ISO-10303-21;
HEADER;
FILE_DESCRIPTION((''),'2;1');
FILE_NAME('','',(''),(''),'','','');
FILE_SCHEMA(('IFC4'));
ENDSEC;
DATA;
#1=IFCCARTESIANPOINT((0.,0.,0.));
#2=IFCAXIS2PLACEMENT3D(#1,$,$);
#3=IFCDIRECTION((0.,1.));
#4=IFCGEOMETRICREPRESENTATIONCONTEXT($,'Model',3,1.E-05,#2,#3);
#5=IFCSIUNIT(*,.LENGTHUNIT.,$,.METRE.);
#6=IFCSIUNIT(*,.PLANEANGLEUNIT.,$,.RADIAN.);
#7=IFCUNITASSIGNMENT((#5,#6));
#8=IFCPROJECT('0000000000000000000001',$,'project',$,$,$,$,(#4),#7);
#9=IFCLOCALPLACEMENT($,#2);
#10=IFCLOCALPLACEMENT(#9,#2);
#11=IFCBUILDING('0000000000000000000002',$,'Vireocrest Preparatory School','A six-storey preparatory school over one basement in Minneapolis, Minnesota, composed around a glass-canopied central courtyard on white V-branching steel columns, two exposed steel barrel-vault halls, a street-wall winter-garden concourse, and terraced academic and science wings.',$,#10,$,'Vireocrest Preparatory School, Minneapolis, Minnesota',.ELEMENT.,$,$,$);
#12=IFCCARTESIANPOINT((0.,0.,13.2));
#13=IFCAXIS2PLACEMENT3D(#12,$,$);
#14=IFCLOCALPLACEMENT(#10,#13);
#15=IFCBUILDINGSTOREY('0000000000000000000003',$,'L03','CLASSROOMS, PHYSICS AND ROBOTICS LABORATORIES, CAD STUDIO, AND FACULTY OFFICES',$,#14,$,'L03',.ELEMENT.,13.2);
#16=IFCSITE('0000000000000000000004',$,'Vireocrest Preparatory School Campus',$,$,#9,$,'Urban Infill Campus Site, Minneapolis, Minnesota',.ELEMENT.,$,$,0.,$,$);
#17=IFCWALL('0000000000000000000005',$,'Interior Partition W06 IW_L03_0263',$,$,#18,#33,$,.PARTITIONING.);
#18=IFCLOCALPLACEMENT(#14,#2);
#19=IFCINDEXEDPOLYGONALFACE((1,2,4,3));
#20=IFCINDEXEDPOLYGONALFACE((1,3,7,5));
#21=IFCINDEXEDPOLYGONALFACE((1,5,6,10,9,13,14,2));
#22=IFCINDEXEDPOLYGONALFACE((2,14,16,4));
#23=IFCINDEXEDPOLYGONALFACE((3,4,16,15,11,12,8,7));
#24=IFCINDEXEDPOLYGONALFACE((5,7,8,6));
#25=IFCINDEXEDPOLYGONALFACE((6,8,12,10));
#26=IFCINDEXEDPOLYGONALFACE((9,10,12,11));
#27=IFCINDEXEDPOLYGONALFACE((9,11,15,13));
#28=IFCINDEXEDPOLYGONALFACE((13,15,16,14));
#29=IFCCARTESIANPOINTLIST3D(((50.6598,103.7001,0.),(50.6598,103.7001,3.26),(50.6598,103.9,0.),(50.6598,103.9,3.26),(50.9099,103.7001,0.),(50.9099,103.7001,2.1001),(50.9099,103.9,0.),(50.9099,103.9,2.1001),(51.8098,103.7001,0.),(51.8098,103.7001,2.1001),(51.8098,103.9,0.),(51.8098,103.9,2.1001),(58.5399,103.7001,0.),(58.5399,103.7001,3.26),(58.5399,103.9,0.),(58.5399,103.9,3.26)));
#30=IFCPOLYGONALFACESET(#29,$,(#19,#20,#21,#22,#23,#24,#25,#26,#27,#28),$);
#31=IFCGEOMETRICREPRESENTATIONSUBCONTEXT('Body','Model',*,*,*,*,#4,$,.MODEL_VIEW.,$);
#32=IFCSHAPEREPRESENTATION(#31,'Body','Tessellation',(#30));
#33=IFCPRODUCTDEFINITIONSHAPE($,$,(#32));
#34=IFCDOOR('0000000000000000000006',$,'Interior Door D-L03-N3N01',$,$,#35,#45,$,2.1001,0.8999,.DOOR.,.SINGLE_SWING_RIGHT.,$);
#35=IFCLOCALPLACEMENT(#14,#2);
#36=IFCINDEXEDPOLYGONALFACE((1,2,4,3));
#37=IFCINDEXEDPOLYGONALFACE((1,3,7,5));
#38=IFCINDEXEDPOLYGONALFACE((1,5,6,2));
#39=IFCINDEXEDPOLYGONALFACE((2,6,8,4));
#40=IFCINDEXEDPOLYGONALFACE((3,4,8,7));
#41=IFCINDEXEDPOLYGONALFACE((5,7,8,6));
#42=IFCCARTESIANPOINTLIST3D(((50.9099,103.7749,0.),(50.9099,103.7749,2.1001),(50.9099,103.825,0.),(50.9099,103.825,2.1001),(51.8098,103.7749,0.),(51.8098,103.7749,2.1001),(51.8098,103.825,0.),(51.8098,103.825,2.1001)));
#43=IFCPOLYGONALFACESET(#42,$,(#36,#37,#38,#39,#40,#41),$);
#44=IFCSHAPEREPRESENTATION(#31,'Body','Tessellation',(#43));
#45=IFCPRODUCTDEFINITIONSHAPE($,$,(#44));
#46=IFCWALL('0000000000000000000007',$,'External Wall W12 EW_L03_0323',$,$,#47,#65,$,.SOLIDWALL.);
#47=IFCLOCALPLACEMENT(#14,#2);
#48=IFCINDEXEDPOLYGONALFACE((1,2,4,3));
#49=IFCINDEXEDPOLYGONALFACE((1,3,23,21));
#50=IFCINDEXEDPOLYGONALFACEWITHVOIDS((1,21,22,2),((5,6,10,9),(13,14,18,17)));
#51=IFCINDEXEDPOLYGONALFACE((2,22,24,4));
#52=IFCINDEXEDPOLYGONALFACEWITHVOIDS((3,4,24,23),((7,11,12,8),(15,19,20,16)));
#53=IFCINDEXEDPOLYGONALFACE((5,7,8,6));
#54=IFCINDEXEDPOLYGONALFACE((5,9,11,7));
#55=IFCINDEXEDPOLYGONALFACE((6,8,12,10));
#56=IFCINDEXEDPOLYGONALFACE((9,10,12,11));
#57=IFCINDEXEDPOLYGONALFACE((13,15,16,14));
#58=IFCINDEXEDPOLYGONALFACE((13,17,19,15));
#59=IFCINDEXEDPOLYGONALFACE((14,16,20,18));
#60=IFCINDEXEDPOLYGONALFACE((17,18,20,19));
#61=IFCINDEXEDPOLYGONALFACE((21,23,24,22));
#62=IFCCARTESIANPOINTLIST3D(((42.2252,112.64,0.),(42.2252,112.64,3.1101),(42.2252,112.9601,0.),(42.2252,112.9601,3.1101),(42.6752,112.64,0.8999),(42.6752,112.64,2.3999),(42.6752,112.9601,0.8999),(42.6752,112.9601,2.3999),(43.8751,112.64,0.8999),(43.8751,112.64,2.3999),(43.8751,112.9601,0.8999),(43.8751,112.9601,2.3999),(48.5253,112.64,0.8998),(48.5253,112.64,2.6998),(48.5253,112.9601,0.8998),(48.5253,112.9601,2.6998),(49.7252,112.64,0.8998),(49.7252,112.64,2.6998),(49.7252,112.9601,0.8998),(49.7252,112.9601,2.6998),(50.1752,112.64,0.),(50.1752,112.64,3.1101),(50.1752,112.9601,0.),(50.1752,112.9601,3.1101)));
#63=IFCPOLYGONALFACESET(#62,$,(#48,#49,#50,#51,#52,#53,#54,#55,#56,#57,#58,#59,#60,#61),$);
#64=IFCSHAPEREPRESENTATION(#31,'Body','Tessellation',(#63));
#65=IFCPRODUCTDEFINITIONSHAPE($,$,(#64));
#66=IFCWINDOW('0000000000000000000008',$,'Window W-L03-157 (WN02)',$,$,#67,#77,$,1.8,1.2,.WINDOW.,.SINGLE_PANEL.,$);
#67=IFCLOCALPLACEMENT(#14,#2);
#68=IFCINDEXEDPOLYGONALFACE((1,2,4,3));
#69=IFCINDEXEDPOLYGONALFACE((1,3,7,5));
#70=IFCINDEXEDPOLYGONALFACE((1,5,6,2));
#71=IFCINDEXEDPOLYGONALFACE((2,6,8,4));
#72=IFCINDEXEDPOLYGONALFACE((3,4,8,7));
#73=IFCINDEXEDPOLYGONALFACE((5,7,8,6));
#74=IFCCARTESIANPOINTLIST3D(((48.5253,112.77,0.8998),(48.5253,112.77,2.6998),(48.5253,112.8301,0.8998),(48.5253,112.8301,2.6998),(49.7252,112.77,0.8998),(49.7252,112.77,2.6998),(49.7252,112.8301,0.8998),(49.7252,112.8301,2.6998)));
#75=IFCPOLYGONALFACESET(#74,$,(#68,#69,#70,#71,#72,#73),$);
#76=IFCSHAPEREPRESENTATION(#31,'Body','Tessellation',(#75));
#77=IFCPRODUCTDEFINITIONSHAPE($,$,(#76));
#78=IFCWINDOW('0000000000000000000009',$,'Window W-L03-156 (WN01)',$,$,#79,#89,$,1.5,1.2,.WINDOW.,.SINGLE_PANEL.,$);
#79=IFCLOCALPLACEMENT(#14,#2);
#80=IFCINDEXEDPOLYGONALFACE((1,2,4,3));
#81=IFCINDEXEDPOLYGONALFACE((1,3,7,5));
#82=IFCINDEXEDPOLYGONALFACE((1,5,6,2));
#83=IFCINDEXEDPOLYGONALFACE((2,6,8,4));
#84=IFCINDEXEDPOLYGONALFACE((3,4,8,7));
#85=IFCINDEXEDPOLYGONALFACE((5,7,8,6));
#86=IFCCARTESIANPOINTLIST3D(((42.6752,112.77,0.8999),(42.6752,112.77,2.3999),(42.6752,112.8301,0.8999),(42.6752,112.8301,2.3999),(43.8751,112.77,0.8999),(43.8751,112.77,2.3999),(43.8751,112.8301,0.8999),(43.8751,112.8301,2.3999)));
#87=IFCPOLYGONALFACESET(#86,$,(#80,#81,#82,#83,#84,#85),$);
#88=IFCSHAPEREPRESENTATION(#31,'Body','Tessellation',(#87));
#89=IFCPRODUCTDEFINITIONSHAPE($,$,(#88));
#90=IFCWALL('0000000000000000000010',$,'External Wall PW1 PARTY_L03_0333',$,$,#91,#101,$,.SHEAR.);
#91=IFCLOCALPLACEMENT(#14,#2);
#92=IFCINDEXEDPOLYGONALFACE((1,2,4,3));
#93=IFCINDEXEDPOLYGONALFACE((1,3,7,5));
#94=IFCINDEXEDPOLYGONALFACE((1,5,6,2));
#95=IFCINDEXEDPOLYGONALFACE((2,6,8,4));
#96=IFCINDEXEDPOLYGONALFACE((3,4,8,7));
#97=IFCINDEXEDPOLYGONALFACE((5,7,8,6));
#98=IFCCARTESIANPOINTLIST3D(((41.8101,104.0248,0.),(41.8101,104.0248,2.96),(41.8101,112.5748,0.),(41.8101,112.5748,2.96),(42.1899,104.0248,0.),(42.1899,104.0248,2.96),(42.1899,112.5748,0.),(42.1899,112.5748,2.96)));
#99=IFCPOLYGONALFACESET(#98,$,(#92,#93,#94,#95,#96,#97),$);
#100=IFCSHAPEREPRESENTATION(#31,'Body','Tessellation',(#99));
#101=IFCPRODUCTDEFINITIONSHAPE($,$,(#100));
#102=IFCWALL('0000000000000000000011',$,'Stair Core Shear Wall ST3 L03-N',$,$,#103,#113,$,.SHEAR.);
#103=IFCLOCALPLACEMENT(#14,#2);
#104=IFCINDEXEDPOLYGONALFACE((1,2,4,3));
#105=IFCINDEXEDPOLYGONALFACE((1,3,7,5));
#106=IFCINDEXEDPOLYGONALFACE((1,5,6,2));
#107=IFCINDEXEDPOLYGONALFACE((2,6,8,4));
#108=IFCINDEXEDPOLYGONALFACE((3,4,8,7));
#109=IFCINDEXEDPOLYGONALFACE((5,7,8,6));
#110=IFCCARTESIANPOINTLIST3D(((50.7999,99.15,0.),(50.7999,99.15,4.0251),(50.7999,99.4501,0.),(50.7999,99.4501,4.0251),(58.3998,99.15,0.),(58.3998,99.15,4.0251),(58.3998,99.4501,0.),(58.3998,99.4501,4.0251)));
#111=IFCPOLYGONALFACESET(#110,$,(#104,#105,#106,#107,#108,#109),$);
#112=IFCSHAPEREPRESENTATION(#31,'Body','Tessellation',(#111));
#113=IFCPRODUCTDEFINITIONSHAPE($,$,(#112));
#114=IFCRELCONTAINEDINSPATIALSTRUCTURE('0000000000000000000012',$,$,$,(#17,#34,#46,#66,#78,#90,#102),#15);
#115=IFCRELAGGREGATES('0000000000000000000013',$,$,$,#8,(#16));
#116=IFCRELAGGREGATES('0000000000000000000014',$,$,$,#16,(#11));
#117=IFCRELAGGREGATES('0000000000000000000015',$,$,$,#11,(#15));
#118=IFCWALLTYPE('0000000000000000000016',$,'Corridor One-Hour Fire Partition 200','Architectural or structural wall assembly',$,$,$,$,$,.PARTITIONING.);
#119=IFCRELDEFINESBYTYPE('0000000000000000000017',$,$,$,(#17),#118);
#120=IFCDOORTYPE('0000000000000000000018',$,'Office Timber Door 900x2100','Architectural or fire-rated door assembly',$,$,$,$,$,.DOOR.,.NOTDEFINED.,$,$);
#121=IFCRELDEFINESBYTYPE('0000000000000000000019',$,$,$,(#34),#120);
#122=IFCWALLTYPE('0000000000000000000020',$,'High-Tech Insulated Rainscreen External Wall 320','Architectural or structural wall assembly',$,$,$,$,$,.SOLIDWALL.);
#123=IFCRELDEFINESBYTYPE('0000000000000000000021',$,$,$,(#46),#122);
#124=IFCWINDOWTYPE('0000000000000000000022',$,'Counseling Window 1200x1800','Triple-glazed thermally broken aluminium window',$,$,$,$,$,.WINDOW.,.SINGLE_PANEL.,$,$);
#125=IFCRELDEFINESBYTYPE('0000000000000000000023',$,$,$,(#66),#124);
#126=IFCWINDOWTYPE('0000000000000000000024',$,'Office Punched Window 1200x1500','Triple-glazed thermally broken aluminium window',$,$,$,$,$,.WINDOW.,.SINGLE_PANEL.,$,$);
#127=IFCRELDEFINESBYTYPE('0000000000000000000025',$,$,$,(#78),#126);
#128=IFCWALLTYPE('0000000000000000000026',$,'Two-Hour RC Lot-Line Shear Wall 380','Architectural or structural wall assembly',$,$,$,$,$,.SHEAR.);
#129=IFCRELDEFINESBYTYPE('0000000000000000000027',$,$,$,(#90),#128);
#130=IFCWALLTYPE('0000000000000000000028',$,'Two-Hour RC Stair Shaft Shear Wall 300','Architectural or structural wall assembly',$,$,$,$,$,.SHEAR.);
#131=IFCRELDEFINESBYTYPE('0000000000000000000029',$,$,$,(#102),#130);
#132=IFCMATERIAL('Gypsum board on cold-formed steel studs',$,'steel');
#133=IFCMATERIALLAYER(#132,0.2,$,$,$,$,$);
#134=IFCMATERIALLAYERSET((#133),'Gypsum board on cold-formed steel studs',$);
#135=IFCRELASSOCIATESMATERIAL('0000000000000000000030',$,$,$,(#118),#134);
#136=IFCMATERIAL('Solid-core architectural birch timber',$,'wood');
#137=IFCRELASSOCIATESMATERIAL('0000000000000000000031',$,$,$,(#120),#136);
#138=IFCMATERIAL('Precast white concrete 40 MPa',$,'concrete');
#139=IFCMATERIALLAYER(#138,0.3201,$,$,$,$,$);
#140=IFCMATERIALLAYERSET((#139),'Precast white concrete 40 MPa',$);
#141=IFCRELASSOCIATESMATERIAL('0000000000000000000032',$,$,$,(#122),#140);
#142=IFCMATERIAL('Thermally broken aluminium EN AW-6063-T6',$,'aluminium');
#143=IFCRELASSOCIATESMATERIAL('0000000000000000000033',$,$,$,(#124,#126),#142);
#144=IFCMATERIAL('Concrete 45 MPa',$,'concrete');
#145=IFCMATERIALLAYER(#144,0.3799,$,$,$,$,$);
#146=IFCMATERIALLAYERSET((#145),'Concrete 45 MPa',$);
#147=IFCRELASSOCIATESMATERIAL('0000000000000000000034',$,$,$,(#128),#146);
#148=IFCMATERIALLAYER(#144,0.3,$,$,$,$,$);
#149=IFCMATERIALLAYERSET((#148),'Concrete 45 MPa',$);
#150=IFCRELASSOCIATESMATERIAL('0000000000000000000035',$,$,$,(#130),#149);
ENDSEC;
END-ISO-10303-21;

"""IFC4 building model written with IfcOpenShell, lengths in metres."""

from ifc_helpers import new_model, si_unit, direction, frame, frame_2d, origin, place, context, subcontext, project, spatial, rectangle, extrude, material, layer, layer_set, type_object, element, fill, save


model = new_model("IFC4")

# Units and contexts
model_context = context("Model", 3, precision=1e-05, world=origin(), true_north=direction((0.0, 1.0)))
body_context = subcontext(model_context, "Body", "Model", "MODEL_VIEW")
ifc_project = project(units=[si_unit("LENGTHUNIT", "METRE"), si_unit("PLANEANGLEUNIT", "RADIAN")], contexts=[model_context])

# Site, building, storey
site_placement = place(None, origin())
site = spatial("IfcSite", under=ifc_project, at=site_placement, Name="Vireocrest Preparatory School Campus", LongName="Urban Infill Campus Site, Minneapolis, Minnesota", CompositionType="ELEMENT", RefElevation=0.0)
building_placement = place(site_placement, origin())
building = spatial("IfcBuilding", under=site, at=building_placement, Name="Vireocrest Preparatory School", Description="A six-storey preparatory school over one basement in Minneapolis, Minnesota, composed around a glass-canopied central courtyard on white V-branching steel columns, two exposed steel barrel-vault halls, a street-wall winter-garden concourse, and terraced academic and science wings.", LongName="Vireocrest Preparatory School, Minneapolis, Minnesota", CompositionType="ELEMENT")
storey_placement = place(building_placement, frame((0.0, 0.0, 13.2)))
storey = spatial("IfcBuildingStorey", under=building, at=storey_placement, Name="L03", Description="CLASSROOMS, PHYSICS AND ROBOTICS LABORATORIES, CAD STUDIO, AND FACULTY OFFICES", LongName="L03", CompositionType="ELEMENT", Elevation=13.2)

# Shared definitions
ifc_material_1 = material(Name="Concrete 45 MPa", Category="concrete")

# Shared definitions
ifc_material_2 = material(Name="Thermally broken aluminium EN AW-6063-T6", Category="aluminium")

# Shared definitions
ifc_material_3 = material(Name="Gypsum board on cold-formed steel studs", Category="steel")
ifc_layer_1 = layer(ifc_material_3, 0.2)
ifc_layer_set_1 = layer_set([ifc_layer_1], Name="Gypsum board on cold-formed steel studs")
wall_type_1 = type_object("IfcWallType", Name="Corridor One-Hour Fire Partition 200", Description="Architectural or structural wall assembly", PredefinedType="PARTITIONING", material=ifc_layer_set_1)

# Wall, opening, door
wall_1_placement = place(storey_placement, frame((50.6599, 103.8, 0.0), z_axis=(0.0, 0.0, 1.0), x_axis=(1.0, 0.0, 0.0)))
wall_1 = element("IfcWall", 1, at=wall_1_placement, inside=storey, type_object=wall_type_1, Name="Interior Partition W06 IW_L03_0263", PredefinedType="PARTITIONING", context=body_context, shape_type="SweptSolid", body=[
    extrude(rectangle(XDim=7.8801, YDim=0.2, at=frame_2d((3.9399, 0.0))), origin(), (0.0, 0.0, 1.0), 3.26),
])
opening_1_placement = place(wall_1_placement, frame((0.25, 0.0, 0.0)))
opening_1 = element("IfcOpeningElement", 2, at=opening_1_placement, cuts=wall_1, PredefinedType="OPENING", context=body_context, shape_type="SweptSolid", body=[
    extrude(rectangle(XDim=0.8999, YDim=2.1001, at=frame_2d((0.45, 1.05))), frame((0.0, 0.1099, 0.0), z_axis=(0.0, -1.0, 0.0), x_axis=(1.0, 0.0, 0.0)), (0.0, 0.0, 1.0), 0.22),
])
ifc_material_4 = material(Name="Solid-core architectural birch timber", Category="wood")
door_type = type_object("IfcDoorType", Name="Office Timber Door 900x2100", Description="Architectural or fire-rated door assembly", OperationType="NOTDEFINED", PredefinedType="DOOR", material=ifc_material_4)
door_placement = place(opening_1_placement, origin())
door = element("IfcDoor", 3, at=door_placement, inside=storey, type_object=door_type, Name="Interior Door D-L03-N3N01", OperationType="SINGLE_SWING_RIGHT", OverallHeight=2.1001, OverallWidth=0.8999, PredefinedType="DOOR", context=body_context, shape_type="SweptSolid", body=[
    extrude(rectangle(XDim=0.8999, YDim=2.1001, at=frame_2d((0.45, 1.05))), frame((0.0, 0.0249, 0.0), z_axis=(0.0, -1.0, 0.0), x_axis=(1.0, 0.0, 0.0)), (0.0, 0.0, 1.0), 0.05),
])
fill(opening_1, door)

# Wall, openings, windows
ifc_material_5 = material(Name="Precast white concrete 40 MPa", Category="concrete")
ifc_layer_2 = layer(ifc_material_5, 0.3201)
ifc_layer_set_2 = layer_set([ifc_layer_2], Name="Precast white concrete 40 MPa")
wall_type_2 = type_object("IfcWallType", Name="High-Tech Insulated Rainscreen External Wall 320", Description="Architectural or structural wall assembly", PredefinedType="SOLIDWALL", material=ifc_layer_set_2)
wall_2_placement = place(storey_placement, frame((42.2251, 112.8, 0.0), z_axis=(0.0, 0.0, 1.0), x_axis=(1.0, 0.0, 0.0)))
wall_2 = element("IfcWall", 4, at=wall_2_placement, inside=storey, type_object=wall_type_2, Name="External Wall W12 EW_L03_0323", PredefinedType="SOLIDWALL", context=body_context, shape_type="SweptSolid", body=[
    extrude(rectangle(XDim=7.95, YDim=0.3201, at=frame_2d((3.9751, 0.0))), origin(), (0.0, 0.0, 1.0), 3.1101),
])
opening_2_placement = place(wall_2_placement, frame((0.45, 0.0, 0.8999)))
opening_2 = element("IfcOpeningElement", 5, at=opening_2_placement, cuts=wall_2, PredefinedType="OPENING", context=body_context, shape_type="SweptSolid", body=[
    extrude(rectangle(XDim=1.2, YDim=1.5, at=frame_2d((0.6001, 0.75))), frame((0.0, 0.1699, 0.0), z_axis=(0.0, -1.0, 0.0), x_axis=(1.0, 0.0, 0.0)), (0.0, 0.0, 1.0), 0.3401),
])
opening_3_placement = place(wall_2_placement, frame((6.3, 0.0, 0.8999)))
opening_3 = element("IfcOpeningElement", 6, at=opening_3_placement, cuts=wall_2, PredefinedType="OPENING", context=body_context, shape_type="SweptSolid", body=[
    extrude(rectangle(XDim=1.2, YDim=1.8, at=frame_2d((0.6001, 0.8999))), frame((0.0, 0.1699, 0.0), z_axis=(0.0, -1.0, 0.0), x_axis=(1.0, 0.0, 0.0)), (0.0, 0.0, 1.0), 0.3401),
])
window_type_1 = type_object("IfcWindowType", Name="Counseling Window 1200x1800", Description="Triple-glazed thermally broken aluminium window", PartitioningType="SINGLE_PANEL", PredefinedType="WINDOW", material=ifc_material_2)
window_1_placement = place(opening_3_placement, origin())
window_1 = element("IfcWindow", 7, at=window_1_placement, inside=storey, type_object=window_type_1, Name="Window W-L03-157 (WN02)", OverallHeight=1.8, OverallWidth=1.2, PartitioningType="SINGLE_PANEL", PredefinedType="WINDOW", context=body_context, shape_type="SweptSolid", body=[
    extrude(rectangle(XDim=1.2, YDim=1.8, at=frame_2d((0.6001, 0.8999))), frame((0.0, 0.03, 0.0), z_axis=(0.0, -1.0, 0.0), x_axis=(1.0, 0.0, 0.0)), (0.0, 0.0, 1.0), 0.0601),
])
fill(opening_3, window_1)
window_type_2 = type_object("IfcWindowType", Name="Office Punched Window 1200x1500", Description="Triple-glazed thermally broken aluminium window", PartitioningType="SINGLE_PANEL", PredefinedType="WINDOW", material=ifc_material_2)
window_2_placement = place(opening_2_placement, origin())
window_2 = element("IfcWindow", 8, at=window_2_placement, inside=storey, type_object=window_type_2, Name="Window W-L03-156 (WN01)", OverallHeight=1.5, OverallWidth=1.2, PartitioningType="SINGLE_PANEL", PredefinedType="WINDOW", context=body_context, shape_type="SweptSolid", body=[
    extrude(rectangle(XDim=1.2, YDim=1.5, at=frame_2d((0.6001, 0.75))), frame((0.0, 0.03, 0.0), z_axis=(0.0, -1.0, 0.0), x_axis=(1.0, 0.0, 0.0)), (0.0, 0.0, 1.0), 0.0601),
])
fill(opening_2, window_2)

# Walls
ifc_layer_3 = layer(ifc_material_1, 0.3799)
ifc_layer_set_3 = layer_set([ifc_layer_3], Name="Concrete 45 MPa")
wall_type_3 = type_object("IfcWallType", Name="Two-Hour RC Lot-Line Shear Wall 380", Description="Architectural or structural wall assembly", PredefinedType="SHEAR", material=ifc_layer_set_3)
wall_3_placement = place(storey_placement, frame((42.0, 104.0249, 0.0), z_axis=(0.0, 0.0, 1.0), x_axis=(0.0, 1.0, 0.0)))
element("IfcWall", 9, at=wall_3_placement, inside=storey, type_object=wall_type_3, Name="External Wall PW1 PARTY_L03_0333", PredefinedType="SHEAR", context=body_context, shape_type="SweptSolid", body=[
    extrude(rectangle(XDim=8.55, YDim=0.3799, at=frame_2d((4.2749, 0.0))), origin(), (0.0, 0.0, 1.0), 2.96),
])
ifc_layer_4 = layer(ifc_material_1, 0.3)
ifc_layer_set_4 = layer_set([ifc_layer_4], Name="Concrete 45 MPa")
wall_type_4 = type_object("IfcWallType", Name="Two-Hour RC Stair Shaft Shear Wall 300", Description="Architectural or structural wall assembly", PredefinedType="SHEAR", material=ifc_layer_set_4)
wall_4_placement = place(storey_placement, frame((50.8, 99.3, 0.0), z_axis=(0.0, 0.0, 1.0), x_axis=(1.0, 0.0, 0.0)))
element("IfcWall", 10, at=wall_4_placement, inside=storey, type_object=wall_type_4, Name="Stair Core Shear Wall ST3 L03-N", PredefinedType="SHEAR", context=body_context, shape_type="SweptSolid", body=[
    extrude(rectangle(XDim=7.5999, YDim=0.3, at=frame_2d((3.7998, 0.0))), origin(), (0.0, 0.0, 1.0), 4.0251),
])

save(model, "model.ifc")
